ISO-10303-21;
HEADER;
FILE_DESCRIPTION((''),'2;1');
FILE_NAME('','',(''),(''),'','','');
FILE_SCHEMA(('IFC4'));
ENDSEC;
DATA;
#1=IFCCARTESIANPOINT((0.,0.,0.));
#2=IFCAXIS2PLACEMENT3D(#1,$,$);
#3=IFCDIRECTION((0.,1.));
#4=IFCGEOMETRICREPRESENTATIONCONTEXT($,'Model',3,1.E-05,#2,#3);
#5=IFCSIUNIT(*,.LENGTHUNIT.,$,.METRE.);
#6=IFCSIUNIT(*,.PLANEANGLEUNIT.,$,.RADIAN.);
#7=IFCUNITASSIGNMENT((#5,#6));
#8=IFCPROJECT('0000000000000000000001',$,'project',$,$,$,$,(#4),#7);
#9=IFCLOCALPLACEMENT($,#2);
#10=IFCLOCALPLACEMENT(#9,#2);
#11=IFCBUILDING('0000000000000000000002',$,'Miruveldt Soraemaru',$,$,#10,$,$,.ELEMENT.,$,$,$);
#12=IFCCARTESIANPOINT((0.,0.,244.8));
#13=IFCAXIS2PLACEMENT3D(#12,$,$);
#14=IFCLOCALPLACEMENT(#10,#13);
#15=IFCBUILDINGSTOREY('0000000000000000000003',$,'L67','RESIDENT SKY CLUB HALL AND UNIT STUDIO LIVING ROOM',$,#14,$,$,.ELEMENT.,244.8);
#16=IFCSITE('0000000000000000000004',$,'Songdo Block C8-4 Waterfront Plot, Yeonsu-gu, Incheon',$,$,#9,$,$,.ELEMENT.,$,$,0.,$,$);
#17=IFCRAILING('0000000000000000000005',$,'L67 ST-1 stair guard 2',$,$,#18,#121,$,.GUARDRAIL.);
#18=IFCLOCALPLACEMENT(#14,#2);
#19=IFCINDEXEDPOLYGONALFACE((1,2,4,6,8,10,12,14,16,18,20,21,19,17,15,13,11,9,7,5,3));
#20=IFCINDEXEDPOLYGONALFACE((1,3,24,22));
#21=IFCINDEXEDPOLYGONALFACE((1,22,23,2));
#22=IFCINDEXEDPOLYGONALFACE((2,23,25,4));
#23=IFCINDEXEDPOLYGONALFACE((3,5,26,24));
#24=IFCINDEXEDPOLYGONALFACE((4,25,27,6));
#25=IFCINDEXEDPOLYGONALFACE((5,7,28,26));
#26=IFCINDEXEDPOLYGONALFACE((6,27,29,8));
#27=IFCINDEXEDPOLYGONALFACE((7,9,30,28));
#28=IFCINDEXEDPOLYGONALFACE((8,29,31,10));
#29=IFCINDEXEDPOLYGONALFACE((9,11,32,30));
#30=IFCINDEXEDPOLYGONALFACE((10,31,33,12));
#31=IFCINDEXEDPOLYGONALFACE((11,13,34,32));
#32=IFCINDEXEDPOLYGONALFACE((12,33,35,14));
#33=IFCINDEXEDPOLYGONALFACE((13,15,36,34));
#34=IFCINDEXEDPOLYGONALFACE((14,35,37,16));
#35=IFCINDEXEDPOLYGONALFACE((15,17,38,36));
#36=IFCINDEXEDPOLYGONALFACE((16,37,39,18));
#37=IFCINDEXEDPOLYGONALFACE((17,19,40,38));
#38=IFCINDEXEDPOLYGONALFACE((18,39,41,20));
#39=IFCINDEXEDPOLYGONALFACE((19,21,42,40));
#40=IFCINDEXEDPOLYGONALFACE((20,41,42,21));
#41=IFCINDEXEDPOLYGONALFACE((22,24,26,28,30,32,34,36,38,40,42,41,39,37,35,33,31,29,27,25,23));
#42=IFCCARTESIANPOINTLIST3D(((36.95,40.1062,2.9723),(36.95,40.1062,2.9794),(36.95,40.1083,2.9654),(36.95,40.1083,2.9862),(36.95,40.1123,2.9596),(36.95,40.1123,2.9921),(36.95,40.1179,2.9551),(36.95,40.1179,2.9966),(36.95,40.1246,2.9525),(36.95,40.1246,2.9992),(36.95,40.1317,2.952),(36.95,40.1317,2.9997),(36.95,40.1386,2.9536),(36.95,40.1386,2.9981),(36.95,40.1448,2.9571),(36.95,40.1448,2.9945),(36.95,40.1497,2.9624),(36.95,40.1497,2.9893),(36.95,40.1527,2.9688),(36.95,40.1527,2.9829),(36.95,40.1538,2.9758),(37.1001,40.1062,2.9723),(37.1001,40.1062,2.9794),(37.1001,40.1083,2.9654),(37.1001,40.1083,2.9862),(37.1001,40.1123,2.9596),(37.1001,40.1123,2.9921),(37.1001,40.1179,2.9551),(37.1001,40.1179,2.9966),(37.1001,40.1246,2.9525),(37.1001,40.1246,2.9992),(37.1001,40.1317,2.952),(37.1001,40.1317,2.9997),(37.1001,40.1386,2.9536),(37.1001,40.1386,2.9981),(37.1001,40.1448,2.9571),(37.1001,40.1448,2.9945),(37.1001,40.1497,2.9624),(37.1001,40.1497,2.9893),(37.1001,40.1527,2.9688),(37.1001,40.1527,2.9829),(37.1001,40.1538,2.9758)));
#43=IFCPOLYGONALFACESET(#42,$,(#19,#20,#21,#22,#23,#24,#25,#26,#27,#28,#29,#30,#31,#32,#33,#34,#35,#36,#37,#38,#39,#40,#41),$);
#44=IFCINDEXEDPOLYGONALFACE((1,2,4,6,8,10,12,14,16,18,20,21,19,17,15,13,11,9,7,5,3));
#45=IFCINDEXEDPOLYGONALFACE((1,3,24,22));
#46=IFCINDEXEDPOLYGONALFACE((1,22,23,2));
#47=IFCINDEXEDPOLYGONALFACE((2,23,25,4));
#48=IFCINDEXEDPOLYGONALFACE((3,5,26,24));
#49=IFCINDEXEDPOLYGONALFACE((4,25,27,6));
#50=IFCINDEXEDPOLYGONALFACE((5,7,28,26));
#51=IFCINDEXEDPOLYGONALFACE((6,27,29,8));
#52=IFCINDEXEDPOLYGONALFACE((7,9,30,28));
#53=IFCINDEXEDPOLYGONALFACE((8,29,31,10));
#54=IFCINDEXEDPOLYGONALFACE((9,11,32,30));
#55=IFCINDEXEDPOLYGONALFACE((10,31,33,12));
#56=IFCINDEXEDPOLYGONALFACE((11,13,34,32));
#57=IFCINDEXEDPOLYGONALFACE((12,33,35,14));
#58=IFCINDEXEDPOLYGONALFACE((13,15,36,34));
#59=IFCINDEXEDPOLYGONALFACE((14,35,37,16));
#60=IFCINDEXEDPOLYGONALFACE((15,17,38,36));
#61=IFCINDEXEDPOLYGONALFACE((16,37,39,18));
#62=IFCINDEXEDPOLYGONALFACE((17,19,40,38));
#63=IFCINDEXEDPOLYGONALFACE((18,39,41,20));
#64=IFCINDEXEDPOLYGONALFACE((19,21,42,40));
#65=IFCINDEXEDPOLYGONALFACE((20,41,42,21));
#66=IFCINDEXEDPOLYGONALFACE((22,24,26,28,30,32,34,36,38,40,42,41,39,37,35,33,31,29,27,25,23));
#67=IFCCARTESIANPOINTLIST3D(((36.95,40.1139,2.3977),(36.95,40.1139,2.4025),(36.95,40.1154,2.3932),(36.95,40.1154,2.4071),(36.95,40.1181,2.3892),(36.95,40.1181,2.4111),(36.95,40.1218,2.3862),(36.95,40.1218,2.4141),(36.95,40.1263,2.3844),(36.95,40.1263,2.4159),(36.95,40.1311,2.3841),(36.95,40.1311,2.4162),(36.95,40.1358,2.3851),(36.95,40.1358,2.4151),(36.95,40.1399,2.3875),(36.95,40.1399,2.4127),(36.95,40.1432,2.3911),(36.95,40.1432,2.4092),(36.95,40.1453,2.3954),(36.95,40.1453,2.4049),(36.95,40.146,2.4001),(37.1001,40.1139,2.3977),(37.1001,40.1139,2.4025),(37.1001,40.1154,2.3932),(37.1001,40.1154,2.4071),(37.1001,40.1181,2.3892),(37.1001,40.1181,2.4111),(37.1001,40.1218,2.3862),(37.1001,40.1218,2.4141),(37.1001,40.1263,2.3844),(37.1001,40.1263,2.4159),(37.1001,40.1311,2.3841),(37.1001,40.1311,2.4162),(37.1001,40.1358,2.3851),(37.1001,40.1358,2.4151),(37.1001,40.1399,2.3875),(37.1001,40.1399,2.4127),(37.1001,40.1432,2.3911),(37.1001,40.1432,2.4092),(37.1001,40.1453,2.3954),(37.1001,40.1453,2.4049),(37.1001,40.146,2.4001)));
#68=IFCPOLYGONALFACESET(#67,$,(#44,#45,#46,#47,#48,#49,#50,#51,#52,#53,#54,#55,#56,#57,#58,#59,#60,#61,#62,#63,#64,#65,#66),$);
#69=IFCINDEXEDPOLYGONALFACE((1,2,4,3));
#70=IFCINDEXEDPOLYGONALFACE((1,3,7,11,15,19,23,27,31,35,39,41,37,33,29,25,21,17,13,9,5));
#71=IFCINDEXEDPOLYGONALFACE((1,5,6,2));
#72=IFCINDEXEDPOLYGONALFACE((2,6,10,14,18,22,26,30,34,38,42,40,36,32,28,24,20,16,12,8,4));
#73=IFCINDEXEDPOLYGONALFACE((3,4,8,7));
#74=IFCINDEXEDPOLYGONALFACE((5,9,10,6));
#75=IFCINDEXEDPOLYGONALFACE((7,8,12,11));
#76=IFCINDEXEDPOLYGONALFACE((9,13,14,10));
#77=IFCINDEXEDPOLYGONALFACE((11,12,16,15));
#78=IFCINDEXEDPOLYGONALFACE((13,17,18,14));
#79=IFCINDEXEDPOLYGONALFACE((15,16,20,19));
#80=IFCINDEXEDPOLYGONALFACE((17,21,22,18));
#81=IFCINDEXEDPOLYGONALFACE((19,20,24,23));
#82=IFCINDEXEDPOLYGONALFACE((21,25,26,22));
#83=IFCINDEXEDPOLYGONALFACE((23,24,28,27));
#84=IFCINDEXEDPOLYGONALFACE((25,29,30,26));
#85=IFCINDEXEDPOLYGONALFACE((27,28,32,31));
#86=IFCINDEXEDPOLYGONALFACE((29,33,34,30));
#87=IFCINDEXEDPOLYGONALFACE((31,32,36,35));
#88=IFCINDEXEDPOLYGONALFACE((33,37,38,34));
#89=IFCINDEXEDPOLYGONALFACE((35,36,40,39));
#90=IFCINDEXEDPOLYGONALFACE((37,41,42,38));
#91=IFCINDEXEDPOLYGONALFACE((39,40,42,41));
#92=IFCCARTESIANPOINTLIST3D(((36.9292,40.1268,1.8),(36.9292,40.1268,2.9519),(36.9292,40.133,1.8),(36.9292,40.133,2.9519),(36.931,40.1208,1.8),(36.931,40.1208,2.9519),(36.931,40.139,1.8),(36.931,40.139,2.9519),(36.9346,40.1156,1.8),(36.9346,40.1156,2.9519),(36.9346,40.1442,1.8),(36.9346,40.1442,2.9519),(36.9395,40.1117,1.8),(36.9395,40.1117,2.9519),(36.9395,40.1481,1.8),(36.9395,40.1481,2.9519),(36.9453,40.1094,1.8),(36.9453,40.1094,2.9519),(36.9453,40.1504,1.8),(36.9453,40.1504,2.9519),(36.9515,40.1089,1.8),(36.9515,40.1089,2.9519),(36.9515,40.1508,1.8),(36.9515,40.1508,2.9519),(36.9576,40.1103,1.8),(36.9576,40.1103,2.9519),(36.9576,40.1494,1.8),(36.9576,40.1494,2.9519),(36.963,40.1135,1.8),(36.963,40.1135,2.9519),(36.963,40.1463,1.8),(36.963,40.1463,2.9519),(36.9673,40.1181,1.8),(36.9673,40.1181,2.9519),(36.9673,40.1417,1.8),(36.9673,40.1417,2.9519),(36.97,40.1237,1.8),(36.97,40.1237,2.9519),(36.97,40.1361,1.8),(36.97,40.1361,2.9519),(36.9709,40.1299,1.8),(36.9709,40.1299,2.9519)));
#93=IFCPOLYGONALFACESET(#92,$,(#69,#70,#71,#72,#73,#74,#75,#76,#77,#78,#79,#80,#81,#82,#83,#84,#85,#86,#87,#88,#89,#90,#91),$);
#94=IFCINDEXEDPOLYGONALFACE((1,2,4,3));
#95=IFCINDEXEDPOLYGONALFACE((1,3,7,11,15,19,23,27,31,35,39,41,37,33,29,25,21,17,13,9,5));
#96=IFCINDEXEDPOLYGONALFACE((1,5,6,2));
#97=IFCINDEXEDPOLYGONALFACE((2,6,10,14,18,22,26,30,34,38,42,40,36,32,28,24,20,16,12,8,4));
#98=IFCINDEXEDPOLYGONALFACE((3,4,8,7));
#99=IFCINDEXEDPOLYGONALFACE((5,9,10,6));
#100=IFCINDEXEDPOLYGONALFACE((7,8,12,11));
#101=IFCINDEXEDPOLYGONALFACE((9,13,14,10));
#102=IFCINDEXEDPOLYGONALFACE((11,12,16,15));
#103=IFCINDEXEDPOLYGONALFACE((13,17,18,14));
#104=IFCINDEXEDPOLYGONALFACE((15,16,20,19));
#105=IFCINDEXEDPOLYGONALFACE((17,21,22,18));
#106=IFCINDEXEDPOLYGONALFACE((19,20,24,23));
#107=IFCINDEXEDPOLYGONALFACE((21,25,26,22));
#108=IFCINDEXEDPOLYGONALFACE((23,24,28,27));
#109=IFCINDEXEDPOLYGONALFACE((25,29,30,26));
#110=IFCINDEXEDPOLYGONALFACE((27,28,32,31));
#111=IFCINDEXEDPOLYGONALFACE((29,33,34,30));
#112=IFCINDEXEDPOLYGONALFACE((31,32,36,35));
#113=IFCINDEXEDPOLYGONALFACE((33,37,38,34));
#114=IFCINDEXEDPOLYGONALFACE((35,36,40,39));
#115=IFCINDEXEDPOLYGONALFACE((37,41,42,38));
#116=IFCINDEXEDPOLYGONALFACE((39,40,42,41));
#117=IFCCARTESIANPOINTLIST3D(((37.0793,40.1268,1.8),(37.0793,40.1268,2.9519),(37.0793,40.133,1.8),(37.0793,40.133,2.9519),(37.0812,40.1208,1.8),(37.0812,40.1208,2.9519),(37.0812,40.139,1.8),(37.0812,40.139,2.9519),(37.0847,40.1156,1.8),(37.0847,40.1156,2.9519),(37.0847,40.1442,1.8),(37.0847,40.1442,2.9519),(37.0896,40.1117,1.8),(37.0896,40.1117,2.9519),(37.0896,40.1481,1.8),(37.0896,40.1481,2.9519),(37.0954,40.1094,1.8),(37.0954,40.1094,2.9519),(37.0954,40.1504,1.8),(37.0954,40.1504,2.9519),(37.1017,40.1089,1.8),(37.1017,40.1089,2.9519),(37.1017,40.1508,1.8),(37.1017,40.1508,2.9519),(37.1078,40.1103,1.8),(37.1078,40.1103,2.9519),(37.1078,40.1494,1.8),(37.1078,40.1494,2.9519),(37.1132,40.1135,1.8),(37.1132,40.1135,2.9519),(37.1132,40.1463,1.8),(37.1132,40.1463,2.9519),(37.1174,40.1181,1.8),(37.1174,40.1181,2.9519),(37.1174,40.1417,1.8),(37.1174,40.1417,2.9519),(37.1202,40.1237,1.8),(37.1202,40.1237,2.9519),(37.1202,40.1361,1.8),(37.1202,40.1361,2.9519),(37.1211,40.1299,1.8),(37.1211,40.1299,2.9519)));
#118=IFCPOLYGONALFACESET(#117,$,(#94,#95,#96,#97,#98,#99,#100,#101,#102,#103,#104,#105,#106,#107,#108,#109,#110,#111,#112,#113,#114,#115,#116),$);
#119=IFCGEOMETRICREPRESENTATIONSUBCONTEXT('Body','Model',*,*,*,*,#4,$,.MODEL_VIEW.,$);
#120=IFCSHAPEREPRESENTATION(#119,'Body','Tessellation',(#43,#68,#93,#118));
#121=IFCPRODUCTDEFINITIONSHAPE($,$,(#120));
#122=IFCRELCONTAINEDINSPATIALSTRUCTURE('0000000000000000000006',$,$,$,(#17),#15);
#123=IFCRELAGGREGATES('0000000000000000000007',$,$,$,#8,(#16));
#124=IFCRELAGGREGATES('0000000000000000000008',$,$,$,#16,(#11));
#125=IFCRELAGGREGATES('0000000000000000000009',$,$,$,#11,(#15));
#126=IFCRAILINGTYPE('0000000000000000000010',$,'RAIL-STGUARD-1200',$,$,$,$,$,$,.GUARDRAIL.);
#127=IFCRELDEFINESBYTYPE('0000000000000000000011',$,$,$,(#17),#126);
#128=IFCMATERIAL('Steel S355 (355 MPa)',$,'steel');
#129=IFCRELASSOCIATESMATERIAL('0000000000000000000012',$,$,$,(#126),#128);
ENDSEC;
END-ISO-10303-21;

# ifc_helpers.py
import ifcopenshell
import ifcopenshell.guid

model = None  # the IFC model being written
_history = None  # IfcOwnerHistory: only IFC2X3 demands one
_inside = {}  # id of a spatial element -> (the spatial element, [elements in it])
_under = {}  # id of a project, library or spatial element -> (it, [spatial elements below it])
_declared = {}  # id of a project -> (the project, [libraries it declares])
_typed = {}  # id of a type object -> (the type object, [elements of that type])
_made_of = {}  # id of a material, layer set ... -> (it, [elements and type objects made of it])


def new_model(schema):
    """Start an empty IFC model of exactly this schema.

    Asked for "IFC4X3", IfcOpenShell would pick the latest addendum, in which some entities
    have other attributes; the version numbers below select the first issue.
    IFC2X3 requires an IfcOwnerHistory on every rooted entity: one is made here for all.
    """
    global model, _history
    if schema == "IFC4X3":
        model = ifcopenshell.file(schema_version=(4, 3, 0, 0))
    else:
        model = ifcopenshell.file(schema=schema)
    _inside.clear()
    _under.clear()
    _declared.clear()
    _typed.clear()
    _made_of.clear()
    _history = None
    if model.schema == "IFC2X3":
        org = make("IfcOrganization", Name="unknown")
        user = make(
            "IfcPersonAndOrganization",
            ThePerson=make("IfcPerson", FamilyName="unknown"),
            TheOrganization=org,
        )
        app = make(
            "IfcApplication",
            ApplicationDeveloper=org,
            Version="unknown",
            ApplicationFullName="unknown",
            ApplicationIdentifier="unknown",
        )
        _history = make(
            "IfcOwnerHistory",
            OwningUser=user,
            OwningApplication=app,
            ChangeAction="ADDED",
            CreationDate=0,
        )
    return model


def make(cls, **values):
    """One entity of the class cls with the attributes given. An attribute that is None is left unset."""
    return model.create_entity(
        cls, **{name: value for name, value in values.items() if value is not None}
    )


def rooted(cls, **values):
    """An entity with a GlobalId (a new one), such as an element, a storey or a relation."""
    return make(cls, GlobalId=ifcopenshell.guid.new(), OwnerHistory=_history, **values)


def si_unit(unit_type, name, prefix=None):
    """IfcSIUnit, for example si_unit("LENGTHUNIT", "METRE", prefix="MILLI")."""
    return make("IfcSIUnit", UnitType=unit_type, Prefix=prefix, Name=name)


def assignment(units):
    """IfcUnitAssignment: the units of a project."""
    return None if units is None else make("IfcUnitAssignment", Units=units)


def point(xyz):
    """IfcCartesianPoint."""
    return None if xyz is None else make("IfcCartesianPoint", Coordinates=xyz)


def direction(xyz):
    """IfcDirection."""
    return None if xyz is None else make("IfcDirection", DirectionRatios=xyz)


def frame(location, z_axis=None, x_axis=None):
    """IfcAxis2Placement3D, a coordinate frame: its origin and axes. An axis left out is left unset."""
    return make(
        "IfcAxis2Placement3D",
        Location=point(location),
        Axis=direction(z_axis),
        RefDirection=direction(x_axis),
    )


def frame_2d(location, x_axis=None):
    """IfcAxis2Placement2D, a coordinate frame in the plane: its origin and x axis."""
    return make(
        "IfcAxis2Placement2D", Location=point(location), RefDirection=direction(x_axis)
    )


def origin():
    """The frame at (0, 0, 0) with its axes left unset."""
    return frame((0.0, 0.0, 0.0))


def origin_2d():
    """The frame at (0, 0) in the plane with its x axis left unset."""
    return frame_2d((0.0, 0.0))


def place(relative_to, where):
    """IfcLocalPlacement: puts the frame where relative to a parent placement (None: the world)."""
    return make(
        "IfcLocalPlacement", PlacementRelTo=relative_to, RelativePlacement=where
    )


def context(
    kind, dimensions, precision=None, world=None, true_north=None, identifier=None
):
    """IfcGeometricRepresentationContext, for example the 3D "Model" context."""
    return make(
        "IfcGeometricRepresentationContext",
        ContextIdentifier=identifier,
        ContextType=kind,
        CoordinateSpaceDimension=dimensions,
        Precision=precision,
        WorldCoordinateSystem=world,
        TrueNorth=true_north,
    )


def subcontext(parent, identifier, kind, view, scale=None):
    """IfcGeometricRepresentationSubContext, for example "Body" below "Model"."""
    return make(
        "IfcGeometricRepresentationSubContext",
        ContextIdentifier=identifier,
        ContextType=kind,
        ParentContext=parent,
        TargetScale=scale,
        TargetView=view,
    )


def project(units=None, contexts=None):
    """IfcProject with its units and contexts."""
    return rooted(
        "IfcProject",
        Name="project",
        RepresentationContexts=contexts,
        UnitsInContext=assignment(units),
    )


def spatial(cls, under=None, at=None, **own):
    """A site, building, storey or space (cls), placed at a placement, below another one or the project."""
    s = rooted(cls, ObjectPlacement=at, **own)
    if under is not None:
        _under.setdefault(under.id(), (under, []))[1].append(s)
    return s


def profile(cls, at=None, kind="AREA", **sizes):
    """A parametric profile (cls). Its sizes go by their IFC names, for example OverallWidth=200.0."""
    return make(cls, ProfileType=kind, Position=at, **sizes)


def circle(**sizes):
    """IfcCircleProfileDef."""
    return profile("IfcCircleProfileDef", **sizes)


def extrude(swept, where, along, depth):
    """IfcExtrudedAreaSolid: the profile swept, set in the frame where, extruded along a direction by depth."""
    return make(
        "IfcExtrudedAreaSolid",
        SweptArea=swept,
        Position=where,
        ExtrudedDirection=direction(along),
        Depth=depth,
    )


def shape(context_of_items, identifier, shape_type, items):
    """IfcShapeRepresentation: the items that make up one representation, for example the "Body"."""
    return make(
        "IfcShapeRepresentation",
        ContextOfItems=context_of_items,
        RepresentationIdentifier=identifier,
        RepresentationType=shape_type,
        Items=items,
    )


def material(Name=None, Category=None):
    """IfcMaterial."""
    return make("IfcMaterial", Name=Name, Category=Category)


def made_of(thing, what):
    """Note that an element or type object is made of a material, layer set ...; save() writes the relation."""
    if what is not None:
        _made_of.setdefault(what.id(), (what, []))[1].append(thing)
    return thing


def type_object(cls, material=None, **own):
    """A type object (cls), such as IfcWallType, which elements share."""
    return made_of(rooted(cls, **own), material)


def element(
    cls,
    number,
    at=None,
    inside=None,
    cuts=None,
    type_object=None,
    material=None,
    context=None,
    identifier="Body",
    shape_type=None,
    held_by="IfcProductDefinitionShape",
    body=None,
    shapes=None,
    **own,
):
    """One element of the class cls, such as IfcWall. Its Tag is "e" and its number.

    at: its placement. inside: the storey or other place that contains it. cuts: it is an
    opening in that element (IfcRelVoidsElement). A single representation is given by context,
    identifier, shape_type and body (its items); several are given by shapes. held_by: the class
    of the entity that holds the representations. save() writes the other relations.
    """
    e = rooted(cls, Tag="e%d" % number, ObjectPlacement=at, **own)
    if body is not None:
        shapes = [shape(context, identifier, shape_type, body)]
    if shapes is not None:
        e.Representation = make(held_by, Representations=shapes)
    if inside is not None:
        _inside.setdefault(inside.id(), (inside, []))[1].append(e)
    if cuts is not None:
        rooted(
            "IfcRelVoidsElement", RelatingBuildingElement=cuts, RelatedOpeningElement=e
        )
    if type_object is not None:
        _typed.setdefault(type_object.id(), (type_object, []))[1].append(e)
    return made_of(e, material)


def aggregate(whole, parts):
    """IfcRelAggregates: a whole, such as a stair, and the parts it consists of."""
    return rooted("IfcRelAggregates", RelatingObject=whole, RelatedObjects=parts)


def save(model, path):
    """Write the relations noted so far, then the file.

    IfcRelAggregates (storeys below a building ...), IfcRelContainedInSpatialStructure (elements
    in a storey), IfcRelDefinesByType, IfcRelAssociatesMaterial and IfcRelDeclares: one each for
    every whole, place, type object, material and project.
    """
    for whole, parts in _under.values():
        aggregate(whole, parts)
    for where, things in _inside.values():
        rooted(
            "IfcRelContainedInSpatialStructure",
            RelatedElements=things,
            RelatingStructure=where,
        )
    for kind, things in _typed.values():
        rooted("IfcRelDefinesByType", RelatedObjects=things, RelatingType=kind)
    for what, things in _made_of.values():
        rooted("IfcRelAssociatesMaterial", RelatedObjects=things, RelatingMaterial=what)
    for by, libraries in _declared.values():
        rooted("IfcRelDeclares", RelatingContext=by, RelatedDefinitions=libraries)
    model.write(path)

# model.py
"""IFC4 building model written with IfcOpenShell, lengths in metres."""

from ifc_helpers import new_model, si_unit, direction, frame, origin, origin_2d, place, context, subcontext, project, spatial, circle, extrude, material, type_object, element, save


model = new_model("IFC4")

# Units and contexts
model_context = context("Model", 3, precision=1e-05, world=origin(), true_north=direction((0.0, 1.0)))
body_context = subcontext(model_context, "Body", "Model", "MODEL_VIEW")
ifc_project = project(units=[si_unit("LENGTHUNIT", "METRE"), si_unit("PLANEANGLEUNIT", "RADIAN")], contexts=[model_context])

# Site, building, storey
site_placement = place(None, origin())
site = spatial("IfcSite", under=ifc_project, at=site_placement, Name="Songdo Block C8-4 Waterfront Plot, Yeonsu-gu, Incheon", CompositionType="ELEMENT", RefElevation=0.0)
building_placement = place(site_placement, origin())
building = spatial("IfcBuilding", under=site, at=building_placement, Name="Miruveldt Soraemaru", CompositionType="ELEMENT")
storey_placement = place(building_placement, frame((0.0, 0.0, 244.8)))
storey = spatial("IfcBuildingStorey", under=building, at=storey_placement, Name="L67", Description="RESIDENT SKY CLUB HALL AND UNIT STUDIO LIVING ROOM", CompositionType="ELEMENT", Elevation=244.8)

# Railing
ifc_material_1 = material(Name="Steel S355 (355 MPa)", Category="steel")
railing_type_1 = type_object("IfcRailingType", Name="RAIL-STGUARD-1200", PredefinedType="GUARDRAIL", material=ifc_material_1)
railing_1_placement = place(storey_placement, frame((36.95, 40.1299, 1.8)))
element("IfcRailing", 1, at=railing_1_placement, inside=storey, type_object=railing_type_1, Name="L67 ST-1 stair guard 2", PredefinedType="GUARDRAIL", context=body_context, shape_type="SweptSolid", body=[
    extrude(circle(Radius=0.0239, at=origin_2d()), frame((0.0, 0.0, 1.1758), z_axis=(1.0, 0.0, 0.0), x_axis=(0.0, 1.0, 0.0)), (0.0, 0.0, 1.0), 0.1501),
    extrude(circle(Radius=0.0161, at=origin_2d()), frame((0.0, 0.0, 0.6001), z_axis=(1.0, 0.0, 0.0), x_axis=(0.0, 1.0, 0.0)), (0.0, 0.0, 1.0), 0.1501),
    extrude(circle(Radius=0.021, at=origin_2d()), origin(), (0.0, 0.0, 1.0), 1.1519),
    extrude(circle(Radius=0.021, at=origin_2d()), frame((0.1501, 0.0, 0.0)), (0.0, 0.0, 1.0), 1.1519),
])

save(model, "model.ifc")
